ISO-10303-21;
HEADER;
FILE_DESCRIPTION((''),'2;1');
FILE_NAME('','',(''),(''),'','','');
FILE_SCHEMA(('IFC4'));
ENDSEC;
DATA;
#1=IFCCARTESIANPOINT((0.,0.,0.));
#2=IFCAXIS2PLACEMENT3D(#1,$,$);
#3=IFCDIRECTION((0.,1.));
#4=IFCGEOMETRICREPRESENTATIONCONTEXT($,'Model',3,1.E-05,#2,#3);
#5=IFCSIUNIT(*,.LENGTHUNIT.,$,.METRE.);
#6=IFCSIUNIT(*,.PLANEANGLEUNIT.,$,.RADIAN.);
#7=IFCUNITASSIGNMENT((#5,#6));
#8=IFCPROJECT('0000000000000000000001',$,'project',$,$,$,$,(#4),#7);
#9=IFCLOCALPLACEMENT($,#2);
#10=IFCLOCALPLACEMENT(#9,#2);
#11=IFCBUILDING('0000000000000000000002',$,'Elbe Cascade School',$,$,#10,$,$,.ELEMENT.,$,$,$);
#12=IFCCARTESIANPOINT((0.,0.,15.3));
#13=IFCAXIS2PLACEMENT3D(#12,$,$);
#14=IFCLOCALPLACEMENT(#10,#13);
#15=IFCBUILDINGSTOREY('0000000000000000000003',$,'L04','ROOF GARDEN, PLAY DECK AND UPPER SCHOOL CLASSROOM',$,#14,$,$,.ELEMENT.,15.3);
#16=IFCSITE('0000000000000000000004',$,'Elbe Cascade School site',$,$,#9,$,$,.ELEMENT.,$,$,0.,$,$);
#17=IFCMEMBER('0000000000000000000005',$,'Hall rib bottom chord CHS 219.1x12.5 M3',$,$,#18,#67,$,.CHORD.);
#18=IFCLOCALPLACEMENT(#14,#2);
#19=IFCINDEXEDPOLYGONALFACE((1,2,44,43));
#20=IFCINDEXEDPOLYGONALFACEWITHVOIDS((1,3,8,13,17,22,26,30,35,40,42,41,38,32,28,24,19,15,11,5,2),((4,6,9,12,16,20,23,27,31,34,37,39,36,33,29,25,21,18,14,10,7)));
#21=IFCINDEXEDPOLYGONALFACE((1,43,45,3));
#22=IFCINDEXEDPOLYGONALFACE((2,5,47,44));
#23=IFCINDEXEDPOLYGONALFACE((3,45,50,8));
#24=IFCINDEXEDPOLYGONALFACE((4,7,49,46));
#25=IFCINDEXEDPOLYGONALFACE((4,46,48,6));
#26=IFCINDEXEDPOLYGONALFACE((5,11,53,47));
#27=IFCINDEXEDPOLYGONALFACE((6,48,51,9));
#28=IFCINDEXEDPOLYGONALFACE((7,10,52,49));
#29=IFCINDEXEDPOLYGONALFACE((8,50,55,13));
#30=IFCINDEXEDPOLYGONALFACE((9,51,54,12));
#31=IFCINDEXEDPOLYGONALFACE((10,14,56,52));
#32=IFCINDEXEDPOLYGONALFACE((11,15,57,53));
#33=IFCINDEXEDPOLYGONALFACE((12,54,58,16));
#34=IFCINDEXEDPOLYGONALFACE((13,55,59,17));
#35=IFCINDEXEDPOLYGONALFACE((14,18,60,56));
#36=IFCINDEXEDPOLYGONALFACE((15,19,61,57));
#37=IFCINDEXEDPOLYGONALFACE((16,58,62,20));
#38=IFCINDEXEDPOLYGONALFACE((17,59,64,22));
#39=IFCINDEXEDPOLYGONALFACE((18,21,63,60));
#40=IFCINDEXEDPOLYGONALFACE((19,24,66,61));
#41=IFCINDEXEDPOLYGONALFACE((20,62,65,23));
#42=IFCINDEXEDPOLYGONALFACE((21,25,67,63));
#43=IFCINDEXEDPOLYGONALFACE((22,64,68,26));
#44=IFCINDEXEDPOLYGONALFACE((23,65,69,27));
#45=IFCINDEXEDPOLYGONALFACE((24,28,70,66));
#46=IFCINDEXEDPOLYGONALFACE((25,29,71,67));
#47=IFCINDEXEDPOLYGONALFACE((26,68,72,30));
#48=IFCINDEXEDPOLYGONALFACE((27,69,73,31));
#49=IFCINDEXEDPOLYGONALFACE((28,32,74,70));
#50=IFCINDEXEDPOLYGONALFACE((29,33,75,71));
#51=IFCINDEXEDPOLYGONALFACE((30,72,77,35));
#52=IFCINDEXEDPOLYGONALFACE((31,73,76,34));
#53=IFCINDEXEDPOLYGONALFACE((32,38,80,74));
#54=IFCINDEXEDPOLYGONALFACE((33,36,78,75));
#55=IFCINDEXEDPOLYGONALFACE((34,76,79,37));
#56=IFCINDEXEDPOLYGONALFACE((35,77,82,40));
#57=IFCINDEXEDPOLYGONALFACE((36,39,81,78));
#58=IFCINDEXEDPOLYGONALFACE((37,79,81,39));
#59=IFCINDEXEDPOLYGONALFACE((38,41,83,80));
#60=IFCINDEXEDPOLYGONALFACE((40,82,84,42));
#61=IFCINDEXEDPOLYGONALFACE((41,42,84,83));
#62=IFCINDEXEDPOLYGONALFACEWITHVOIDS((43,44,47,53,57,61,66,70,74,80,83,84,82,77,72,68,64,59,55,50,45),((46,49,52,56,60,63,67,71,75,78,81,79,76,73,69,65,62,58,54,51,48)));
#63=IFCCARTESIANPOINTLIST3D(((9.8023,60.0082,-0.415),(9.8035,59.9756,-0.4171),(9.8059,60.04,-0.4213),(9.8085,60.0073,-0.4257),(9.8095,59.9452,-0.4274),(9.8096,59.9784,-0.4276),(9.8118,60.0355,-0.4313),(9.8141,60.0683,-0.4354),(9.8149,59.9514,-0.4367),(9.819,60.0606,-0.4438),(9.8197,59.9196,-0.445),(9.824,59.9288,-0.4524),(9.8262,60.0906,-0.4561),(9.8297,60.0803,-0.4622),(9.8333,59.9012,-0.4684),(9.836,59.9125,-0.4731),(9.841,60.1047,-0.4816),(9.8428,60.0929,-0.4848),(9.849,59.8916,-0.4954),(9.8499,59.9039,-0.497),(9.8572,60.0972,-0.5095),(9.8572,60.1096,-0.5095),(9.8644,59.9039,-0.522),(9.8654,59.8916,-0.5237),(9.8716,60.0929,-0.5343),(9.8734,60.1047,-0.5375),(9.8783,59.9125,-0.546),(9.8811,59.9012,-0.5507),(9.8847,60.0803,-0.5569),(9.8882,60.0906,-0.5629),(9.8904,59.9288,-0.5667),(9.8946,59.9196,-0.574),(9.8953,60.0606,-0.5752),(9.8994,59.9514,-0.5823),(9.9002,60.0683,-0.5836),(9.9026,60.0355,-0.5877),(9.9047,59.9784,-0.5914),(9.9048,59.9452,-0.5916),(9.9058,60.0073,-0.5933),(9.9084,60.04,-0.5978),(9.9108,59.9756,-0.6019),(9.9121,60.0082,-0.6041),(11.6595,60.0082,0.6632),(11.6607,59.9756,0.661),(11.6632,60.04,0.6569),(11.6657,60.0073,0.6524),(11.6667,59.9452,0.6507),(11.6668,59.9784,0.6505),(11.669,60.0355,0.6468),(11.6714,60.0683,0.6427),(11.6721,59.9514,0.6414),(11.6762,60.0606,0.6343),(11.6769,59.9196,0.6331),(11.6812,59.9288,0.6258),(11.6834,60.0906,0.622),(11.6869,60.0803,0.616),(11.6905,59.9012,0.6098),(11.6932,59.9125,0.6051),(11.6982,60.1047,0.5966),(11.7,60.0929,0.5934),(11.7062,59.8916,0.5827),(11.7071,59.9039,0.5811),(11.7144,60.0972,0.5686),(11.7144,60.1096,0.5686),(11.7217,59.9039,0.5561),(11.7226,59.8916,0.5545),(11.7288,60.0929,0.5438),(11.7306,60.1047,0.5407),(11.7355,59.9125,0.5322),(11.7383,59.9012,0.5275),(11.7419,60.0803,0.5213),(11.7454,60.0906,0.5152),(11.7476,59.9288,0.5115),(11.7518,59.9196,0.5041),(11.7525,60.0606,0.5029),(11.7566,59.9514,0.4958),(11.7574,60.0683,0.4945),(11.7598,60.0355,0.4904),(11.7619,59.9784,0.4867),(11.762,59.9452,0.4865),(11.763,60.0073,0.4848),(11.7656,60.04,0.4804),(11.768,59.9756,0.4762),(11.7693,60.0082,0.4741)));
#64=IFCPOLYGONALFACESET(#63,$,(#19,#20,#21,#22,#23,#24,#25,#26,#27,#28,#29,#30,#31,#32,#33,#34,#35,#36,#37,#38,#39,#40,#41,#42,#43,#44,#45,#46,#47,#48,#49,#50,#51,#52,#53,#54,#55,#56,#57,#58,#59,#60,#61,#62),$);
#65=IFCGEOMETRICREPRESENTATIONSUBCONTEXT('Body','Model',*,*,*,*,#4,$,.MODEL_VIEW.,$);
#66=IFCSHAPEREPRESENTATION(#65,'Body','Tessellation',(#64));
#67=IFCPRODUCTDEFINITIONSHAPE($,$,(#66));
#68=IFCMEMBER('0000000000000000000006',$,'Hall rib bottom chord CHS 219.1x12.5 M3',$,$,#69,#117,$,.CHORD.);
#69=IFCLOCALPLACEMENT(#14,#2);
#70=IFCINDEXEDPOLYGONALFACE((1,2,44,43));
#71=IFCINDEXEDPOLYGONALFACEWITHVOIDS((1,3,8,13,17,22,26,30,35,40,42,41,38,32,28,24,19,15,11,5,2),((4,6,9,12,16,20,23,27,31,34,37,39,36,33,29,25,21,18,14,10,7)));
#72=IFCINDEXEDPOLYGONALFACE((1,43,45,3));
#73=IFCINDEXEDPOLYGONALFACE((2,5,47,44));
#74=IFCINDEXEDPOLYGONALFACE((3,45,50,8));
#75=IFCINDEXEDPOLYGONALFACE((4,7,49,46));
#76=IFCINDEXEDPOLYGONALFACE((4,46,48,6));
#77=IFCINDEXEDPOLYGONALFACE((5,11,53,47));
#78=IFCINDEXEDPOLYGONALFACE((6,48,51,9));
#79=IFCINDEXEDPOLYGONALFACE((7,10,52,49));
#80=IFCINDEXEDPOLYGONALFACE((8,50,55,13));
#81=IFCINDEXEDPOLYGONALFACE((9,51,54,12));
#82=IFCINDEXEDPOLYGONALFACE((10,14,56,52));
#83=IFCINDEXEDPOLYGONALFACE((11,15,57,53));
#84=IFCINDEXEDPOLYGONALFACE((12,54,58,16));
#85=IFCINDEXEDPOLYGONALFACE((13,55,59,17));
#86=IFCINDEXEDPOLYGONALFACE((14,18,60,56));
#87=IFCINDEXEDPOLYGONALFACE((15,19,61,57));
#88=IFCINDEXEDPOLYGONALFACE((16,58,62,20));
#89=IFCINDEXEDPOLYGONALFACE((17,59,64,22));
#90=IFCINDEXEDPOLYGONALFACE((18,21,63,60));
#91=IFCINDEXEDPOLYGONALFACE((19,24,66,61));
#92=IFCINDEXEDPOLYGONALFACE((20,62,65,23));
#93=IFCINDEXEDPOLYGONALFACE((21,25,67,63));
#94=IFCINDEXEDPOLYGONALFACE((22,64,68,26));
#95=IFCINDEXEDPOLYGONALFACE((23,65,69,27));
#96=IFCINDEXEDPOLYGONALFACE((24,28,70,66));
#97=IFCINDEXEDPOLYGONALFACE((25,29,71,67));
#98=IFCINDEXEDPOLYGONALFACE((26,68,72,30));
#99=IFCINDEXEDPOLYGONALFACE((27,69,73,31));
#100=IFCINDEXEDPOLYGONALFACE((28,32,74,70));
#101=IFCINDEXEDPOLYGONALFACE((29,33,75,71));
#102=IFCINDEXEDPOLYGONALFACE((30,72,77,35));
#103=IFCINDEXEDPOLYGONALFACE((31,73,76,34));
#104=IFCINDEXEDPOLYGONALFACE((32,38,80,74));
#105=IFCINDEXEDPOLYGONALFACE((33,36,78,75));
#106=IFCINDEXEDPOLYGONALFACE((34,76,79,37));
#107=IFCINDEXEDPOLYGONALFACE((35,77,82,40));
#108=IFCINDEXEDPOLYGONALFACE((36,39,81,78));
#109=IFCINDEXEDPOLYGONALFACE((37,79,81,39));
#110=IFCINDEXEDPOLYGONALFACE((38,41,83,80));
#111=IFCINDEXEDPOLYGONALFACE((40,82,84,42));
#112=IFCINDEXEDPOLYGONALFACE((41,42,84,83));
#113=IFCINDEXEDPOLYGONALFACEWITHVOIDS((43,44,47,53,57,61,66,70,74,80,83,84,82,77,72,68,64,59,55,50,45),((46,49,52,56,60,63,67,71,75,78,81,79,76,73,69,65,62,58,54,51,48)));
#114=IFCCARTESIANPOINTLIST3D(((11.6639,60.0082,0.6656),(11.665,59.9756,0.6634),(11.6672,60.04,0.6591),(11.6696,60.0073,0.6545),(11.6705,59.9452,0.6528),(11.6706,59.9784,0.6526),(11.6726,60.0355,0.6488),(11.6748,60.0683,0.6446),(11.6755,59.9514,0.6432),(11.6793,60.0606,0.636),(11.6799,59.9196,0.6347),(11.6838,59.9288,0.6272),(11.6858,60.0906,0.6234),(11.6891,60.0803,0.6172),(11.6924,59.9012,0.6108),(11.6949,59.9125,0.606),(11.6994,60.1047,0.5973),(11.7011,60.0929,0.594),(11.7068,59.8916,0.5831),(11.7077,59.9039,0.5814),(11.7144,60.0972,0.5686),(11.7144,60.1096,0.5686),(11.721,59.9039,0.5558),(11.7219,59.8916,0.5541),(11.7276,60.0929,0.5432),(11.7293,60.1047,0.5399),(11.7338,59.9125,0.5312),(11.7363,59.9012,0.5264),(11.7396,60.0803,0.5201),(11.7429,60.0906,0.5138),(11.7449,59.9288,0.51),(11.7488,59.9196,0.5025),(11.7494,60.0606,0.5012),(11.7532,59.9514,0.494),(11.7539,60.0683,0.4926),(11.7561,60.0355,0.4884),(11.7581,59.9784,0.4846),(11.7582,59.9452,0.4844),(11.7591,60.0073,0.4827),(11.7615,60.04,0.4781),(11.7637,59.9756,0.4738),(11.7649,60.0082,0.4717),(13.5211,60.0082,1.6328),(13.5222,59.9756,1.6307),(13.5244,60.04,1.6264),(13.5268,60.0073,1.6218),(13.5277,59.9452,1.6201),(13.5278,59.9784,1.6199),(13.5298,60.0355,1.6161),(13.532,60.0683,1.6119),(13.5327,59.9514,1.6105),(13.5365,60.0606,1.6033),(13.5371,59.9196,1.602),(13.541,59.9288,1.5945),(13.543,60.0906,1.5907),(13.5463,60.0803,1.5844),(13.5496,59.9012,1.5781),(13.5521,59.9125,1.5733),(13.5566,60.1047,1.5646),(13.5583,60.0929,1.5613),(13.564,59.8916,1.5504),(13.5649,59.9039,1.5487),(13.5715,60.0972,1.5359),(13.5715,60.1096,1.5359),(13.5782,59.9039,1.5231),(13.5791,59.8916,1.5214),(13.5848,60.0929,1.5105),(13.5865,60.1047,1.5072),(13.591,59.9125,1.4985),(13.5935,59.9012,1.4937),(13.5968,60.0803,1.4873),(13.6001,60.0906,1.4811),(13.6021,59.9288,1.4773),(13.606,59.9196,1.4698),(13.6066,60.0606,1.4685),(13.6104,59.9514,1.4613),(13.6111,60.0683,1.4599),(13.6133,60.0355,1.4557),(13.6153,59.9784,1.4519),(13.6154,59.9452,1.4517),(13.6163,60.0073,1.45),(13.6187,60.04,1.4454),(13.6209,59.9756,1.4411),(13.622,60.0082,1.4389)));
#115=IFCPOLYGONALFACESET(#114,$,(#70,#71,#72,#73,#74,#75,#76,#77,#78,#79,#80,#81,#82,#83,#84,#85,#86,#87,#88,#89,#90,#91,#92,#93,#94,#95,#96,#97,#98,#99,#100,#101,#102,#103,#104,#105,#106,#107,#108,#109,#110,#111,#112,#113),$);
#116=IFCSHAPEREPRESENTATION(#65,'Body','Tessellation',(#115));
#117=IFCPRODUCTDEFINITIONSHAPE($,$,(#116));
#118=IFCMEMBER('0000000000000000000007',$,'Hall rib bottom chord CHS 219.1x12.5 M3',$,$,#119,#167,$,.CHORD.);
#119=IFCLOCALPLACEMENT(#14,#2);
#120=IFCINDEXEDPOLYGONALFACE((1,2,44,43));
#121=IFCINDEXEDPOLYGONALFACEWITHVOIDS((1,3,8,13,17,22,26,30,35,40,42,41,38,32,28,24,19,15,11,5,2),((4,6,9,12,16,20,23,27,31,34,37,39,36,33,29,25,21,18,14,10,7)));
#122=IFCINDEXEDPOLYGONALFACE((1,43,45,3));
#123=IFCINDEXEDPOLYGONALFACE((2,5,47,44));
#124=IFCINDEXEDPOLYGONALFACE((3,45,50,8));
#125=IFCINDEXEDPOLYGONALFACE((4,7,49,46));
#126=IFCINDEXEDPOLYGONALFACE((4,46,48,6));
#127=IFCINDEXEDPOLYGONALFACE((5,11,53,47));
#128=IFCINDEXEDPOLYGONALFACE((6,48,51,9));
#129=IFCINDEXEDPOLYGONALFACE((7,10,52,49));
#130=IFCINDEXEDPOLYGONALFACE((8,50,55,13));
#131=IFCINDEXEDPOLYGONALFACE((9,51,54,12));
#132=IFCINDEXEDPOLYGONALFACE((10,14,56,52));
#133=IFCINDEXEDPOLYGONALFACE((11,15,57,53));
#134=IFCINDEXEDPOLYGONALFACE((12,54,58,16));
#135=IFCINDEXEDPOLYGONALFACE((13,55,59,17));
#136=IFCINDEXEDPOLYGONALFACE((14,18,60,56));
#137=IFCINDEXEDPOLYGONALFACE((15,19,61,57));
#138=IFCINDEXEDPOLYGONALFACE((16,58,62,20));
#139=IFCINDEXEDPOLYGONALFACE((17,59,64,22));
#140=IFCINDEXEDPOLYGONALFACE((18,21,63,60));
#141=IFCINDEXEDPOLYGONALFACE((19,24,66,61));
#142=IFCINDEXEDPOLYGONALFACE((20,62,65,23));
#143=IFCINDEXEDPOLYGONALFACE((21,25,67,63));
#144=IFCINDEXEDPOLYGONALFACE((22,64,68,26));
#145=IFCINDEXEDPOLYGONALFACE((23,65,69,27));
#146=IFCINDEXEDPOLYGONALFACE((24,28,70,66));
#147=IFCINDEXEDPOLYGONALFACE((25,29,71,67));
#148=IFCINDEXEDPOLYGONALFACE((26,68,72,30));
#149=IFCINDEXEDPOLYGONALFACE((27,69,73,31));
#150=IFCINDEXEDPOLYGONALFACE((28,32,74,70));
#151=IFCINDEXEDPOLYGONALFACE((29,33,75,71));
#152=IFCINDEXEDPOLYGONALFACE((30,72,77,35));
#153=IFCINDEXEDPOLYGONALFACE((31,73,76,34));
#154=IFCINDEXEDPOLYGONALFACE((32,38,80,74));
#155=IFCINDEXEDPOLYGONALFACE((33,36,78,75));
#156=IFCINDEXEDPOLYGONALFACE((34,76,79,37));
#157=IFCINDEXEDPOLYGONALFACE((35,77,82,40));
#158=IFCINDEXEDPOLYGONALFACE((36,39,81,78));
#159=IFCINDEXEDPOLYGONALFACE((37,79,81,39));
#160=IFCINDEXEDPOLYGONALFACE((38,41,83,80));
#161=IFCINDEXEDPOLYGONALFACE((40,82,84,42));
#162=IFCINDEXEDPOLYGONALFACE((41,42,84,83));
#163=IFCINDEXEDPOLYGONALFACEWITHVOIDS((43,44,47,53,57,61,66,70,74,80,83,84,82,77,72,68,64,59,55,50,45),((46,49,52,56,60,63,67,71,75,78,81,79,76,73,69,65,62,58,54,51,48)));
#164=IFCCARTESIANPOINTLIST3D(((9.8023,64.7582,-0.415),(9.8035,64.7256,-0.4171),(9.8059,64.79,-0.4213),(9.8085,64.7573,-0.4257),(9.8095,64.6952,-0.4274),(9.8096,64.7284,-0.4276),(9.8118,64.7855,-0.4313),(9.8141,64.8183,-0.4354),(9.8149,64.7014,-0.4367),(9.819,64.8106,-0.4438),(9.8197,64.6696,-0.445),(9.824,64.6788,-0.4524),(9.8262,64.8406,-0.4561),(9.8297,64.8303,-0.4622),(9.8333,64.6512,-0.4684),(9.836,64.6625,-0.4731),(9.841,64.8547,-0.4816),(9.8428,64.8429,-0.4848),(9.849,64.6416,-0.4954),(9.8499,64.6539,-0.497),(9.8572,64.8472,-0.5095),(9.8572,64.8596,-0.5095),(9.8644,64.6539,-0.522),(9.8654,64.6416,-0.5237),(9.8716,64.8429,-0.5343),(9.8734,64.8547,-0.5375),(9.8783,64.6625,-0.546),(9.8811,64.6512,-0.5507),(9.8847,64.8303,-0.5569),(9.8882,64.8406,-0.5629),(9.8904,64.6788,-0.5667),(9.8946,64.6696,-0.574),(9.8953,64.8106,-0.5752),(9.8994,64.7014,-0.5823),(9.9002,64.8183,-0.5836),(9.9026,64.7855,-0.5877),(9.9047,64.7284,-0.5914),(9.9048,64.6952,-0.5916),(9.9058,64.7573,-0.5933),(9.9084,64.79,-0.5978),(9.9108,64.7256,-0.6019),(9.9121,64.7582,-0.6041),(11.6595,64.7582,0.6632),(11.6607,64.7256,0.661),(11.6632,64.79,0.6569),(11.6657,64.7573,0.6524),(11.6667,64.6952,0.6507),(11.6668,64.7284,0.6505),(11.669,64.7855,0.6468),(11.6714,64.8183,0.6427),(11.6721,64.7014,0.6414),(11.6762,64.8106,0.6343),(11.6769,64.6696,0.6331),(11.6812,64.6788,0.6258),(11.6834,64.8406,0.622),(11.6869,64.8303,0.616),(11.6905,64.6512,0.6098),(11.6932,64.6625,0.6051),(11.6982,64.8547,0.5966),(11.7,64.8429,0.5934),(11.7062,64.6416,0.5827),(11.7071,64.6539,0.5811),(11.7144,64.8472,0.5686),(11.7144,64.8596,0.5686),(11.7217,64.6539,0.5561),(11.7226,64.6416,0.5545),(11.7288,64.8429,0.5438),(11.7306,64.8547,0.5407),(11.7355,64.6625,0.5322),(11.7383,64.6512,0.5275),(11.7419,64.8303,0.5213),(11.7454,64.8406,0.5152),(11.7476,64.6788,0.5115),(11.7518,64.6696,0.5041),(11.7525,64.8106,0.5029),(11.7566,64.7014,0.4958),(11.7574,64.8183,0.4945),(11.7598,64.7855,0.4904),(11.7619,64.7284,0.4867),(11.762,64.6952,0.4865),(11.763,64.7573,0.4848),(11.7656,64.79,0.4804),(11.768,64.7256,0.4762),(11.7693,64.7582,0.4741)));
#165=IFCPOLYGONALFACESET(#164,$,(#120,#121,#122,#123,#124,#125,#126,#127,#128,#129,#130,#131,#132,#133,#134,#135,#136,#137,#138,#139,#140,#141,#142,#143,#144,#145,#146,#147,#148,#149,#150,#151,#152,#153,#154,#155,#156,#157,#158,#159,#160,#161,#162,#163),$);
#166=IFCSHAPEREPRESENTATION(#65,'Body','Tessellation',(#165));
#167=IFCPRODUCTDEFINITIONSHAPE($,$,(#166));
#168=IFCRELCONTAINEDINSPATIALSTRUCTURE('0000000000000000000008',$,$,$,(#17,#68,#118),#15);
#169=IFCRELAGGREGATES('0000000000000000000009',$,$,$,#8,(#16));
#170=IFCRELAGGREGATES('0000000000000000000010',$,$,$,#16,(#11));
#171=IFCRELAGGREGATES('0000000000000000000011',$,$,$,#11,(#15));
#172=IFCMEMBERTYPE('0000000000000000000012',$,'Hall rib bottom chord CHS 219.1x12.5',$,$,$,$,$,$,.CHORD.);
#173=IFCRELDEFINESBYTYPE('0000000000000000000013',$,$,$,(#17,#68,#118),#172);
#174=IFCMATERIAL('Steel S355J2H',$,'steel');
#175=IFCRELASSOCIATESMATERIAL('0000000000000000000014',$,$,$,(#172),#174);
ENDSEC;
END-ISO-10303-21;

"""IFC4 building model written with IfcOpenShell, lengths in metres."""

from ifc_helpers import new_model, si_unit, direction, frame, origin, origin_2d, place, context, subcontext, project, spatial, hollow_circle, extrude, material, material_profile, profile_set, type_object, element, save


model = new_model("IFC4")

# Units and contexts
model_context = context("Model", 3, precision=1e-05, world=origin(), true_north=direction((0.0, 1.0)))
body_context = subcontext(model_context, "Body", "Model", "MODEL_VIEW")
ifc_project = project(units=[si_unit("LENGTHUNIT", "METRE"), si_unit("PLANEANGLEUNIT", "RADIAN")], contexts=[model_context])

# Site, building, storey
site_placement = place(None, origin())
site = spatial("IfcSite", under=ifc_project, at=site_placement, Name="Elbe Cascade School site", CompositionType="ELEMENT", RefElevation=0.0)
building_placement = place(site_placement, origin())
building = spatial("IfcBuilding", under=site, at=building_placement, Name="Elbe Cascade School", CompositionType="ELEMENT")
storey_placement = place(building_placement, frame((0.0, 0.0, 15.3)))
storey = spatial("IfcBuildingStorey", under=building, at=storey_placement, Name="L04", Description="ROOF GARDEN, PLAY DECK AND UPPER SCHOOL CLASSROOM", CompositionType="ELEMENT", Elevation=15.3)

# Members
ifc_material_1 = material(Name="Steel S355J2H", Category="steel")
ifc_material_profile_1 = material_profile(ifc_material_1, hollow_circle(Radius=0.1096, WallThickness=0.0125, at=origin_2d()), Name="CHS 219.1x12.5")
ifc_profile_set_1 = profile_set([ifc_material_profile_1], Name="Steel S355J2H")
member_type_1 = type_object("IfcMemberType", Name="Hall rib bottom chord CHS 219.1x12.5", PredefinedType="CHORD", material=ifc_profile_set_1)
member_1_placement = place(storey_placement, frame((9.8572, 60.0, -0.5095), z_axis=(0.864837, 0.0, 0.502053), x_axis=(0.0, 1.0, 0.0)))
element("IfcMember", 1, at=member_1_placement, inside=storey, type_object=member_type_1, Name="Hall rib bottom chord CHS 219.1x12.5 M3", PredefinedType="CHORD", context=body_context, shape_type="SweptSolid", body=[
    extrude(hollow_circle(Radius=0.1096, WallThickness=0.0125, at=origin_2d()), origin(), (0.0, 0.0, 1.0), 2.1475),
])
member_2_placement = place(storey_placement, frame((11.7144, 60.0, 0.5686), z_axis=(0.886913, 0.0, 0.461936), x_axis=(0.0, 1.0, 0.0)))
element("IfcMember", 2, at=member_2_placement, inside=storey, type_object=member_type_1, Name="Hall rib bottom chord CHS 219.1x12.5 M3", PredefinedType="CHORD", context=body_context, shape_type="SweptSolid", body=[
    extrude(hollow_circle(Radius=0.1096, WallThickness=0.0125, at=origin_2d()), origin(), (0.0, 0.0, 1.0), 2.094),
])
member_3_placement = place(storey_placement, frame((9.8572, 64.75, -0.5095), z_axis=(0.864837, 0.0, 0.502053), x_axis=(0.0, 1.0, 0.0)))
element("IfcMember", 3, at=member_3_placement, inside=storey, type_object=member_type_1, Name="Hall rib bottom chord CHS 219.1x12.5 M3", PredefinedType="CHORD", context=body_context, shape_type="SweptSolid", body=[
    extrude(hollow_circle(Radius=0.1096, WallThickness=0.0125, at=origin_2d()), origin(), (0.0, 0.0, 1.0), 2.1475),
])

save(model, "model.ifc")
